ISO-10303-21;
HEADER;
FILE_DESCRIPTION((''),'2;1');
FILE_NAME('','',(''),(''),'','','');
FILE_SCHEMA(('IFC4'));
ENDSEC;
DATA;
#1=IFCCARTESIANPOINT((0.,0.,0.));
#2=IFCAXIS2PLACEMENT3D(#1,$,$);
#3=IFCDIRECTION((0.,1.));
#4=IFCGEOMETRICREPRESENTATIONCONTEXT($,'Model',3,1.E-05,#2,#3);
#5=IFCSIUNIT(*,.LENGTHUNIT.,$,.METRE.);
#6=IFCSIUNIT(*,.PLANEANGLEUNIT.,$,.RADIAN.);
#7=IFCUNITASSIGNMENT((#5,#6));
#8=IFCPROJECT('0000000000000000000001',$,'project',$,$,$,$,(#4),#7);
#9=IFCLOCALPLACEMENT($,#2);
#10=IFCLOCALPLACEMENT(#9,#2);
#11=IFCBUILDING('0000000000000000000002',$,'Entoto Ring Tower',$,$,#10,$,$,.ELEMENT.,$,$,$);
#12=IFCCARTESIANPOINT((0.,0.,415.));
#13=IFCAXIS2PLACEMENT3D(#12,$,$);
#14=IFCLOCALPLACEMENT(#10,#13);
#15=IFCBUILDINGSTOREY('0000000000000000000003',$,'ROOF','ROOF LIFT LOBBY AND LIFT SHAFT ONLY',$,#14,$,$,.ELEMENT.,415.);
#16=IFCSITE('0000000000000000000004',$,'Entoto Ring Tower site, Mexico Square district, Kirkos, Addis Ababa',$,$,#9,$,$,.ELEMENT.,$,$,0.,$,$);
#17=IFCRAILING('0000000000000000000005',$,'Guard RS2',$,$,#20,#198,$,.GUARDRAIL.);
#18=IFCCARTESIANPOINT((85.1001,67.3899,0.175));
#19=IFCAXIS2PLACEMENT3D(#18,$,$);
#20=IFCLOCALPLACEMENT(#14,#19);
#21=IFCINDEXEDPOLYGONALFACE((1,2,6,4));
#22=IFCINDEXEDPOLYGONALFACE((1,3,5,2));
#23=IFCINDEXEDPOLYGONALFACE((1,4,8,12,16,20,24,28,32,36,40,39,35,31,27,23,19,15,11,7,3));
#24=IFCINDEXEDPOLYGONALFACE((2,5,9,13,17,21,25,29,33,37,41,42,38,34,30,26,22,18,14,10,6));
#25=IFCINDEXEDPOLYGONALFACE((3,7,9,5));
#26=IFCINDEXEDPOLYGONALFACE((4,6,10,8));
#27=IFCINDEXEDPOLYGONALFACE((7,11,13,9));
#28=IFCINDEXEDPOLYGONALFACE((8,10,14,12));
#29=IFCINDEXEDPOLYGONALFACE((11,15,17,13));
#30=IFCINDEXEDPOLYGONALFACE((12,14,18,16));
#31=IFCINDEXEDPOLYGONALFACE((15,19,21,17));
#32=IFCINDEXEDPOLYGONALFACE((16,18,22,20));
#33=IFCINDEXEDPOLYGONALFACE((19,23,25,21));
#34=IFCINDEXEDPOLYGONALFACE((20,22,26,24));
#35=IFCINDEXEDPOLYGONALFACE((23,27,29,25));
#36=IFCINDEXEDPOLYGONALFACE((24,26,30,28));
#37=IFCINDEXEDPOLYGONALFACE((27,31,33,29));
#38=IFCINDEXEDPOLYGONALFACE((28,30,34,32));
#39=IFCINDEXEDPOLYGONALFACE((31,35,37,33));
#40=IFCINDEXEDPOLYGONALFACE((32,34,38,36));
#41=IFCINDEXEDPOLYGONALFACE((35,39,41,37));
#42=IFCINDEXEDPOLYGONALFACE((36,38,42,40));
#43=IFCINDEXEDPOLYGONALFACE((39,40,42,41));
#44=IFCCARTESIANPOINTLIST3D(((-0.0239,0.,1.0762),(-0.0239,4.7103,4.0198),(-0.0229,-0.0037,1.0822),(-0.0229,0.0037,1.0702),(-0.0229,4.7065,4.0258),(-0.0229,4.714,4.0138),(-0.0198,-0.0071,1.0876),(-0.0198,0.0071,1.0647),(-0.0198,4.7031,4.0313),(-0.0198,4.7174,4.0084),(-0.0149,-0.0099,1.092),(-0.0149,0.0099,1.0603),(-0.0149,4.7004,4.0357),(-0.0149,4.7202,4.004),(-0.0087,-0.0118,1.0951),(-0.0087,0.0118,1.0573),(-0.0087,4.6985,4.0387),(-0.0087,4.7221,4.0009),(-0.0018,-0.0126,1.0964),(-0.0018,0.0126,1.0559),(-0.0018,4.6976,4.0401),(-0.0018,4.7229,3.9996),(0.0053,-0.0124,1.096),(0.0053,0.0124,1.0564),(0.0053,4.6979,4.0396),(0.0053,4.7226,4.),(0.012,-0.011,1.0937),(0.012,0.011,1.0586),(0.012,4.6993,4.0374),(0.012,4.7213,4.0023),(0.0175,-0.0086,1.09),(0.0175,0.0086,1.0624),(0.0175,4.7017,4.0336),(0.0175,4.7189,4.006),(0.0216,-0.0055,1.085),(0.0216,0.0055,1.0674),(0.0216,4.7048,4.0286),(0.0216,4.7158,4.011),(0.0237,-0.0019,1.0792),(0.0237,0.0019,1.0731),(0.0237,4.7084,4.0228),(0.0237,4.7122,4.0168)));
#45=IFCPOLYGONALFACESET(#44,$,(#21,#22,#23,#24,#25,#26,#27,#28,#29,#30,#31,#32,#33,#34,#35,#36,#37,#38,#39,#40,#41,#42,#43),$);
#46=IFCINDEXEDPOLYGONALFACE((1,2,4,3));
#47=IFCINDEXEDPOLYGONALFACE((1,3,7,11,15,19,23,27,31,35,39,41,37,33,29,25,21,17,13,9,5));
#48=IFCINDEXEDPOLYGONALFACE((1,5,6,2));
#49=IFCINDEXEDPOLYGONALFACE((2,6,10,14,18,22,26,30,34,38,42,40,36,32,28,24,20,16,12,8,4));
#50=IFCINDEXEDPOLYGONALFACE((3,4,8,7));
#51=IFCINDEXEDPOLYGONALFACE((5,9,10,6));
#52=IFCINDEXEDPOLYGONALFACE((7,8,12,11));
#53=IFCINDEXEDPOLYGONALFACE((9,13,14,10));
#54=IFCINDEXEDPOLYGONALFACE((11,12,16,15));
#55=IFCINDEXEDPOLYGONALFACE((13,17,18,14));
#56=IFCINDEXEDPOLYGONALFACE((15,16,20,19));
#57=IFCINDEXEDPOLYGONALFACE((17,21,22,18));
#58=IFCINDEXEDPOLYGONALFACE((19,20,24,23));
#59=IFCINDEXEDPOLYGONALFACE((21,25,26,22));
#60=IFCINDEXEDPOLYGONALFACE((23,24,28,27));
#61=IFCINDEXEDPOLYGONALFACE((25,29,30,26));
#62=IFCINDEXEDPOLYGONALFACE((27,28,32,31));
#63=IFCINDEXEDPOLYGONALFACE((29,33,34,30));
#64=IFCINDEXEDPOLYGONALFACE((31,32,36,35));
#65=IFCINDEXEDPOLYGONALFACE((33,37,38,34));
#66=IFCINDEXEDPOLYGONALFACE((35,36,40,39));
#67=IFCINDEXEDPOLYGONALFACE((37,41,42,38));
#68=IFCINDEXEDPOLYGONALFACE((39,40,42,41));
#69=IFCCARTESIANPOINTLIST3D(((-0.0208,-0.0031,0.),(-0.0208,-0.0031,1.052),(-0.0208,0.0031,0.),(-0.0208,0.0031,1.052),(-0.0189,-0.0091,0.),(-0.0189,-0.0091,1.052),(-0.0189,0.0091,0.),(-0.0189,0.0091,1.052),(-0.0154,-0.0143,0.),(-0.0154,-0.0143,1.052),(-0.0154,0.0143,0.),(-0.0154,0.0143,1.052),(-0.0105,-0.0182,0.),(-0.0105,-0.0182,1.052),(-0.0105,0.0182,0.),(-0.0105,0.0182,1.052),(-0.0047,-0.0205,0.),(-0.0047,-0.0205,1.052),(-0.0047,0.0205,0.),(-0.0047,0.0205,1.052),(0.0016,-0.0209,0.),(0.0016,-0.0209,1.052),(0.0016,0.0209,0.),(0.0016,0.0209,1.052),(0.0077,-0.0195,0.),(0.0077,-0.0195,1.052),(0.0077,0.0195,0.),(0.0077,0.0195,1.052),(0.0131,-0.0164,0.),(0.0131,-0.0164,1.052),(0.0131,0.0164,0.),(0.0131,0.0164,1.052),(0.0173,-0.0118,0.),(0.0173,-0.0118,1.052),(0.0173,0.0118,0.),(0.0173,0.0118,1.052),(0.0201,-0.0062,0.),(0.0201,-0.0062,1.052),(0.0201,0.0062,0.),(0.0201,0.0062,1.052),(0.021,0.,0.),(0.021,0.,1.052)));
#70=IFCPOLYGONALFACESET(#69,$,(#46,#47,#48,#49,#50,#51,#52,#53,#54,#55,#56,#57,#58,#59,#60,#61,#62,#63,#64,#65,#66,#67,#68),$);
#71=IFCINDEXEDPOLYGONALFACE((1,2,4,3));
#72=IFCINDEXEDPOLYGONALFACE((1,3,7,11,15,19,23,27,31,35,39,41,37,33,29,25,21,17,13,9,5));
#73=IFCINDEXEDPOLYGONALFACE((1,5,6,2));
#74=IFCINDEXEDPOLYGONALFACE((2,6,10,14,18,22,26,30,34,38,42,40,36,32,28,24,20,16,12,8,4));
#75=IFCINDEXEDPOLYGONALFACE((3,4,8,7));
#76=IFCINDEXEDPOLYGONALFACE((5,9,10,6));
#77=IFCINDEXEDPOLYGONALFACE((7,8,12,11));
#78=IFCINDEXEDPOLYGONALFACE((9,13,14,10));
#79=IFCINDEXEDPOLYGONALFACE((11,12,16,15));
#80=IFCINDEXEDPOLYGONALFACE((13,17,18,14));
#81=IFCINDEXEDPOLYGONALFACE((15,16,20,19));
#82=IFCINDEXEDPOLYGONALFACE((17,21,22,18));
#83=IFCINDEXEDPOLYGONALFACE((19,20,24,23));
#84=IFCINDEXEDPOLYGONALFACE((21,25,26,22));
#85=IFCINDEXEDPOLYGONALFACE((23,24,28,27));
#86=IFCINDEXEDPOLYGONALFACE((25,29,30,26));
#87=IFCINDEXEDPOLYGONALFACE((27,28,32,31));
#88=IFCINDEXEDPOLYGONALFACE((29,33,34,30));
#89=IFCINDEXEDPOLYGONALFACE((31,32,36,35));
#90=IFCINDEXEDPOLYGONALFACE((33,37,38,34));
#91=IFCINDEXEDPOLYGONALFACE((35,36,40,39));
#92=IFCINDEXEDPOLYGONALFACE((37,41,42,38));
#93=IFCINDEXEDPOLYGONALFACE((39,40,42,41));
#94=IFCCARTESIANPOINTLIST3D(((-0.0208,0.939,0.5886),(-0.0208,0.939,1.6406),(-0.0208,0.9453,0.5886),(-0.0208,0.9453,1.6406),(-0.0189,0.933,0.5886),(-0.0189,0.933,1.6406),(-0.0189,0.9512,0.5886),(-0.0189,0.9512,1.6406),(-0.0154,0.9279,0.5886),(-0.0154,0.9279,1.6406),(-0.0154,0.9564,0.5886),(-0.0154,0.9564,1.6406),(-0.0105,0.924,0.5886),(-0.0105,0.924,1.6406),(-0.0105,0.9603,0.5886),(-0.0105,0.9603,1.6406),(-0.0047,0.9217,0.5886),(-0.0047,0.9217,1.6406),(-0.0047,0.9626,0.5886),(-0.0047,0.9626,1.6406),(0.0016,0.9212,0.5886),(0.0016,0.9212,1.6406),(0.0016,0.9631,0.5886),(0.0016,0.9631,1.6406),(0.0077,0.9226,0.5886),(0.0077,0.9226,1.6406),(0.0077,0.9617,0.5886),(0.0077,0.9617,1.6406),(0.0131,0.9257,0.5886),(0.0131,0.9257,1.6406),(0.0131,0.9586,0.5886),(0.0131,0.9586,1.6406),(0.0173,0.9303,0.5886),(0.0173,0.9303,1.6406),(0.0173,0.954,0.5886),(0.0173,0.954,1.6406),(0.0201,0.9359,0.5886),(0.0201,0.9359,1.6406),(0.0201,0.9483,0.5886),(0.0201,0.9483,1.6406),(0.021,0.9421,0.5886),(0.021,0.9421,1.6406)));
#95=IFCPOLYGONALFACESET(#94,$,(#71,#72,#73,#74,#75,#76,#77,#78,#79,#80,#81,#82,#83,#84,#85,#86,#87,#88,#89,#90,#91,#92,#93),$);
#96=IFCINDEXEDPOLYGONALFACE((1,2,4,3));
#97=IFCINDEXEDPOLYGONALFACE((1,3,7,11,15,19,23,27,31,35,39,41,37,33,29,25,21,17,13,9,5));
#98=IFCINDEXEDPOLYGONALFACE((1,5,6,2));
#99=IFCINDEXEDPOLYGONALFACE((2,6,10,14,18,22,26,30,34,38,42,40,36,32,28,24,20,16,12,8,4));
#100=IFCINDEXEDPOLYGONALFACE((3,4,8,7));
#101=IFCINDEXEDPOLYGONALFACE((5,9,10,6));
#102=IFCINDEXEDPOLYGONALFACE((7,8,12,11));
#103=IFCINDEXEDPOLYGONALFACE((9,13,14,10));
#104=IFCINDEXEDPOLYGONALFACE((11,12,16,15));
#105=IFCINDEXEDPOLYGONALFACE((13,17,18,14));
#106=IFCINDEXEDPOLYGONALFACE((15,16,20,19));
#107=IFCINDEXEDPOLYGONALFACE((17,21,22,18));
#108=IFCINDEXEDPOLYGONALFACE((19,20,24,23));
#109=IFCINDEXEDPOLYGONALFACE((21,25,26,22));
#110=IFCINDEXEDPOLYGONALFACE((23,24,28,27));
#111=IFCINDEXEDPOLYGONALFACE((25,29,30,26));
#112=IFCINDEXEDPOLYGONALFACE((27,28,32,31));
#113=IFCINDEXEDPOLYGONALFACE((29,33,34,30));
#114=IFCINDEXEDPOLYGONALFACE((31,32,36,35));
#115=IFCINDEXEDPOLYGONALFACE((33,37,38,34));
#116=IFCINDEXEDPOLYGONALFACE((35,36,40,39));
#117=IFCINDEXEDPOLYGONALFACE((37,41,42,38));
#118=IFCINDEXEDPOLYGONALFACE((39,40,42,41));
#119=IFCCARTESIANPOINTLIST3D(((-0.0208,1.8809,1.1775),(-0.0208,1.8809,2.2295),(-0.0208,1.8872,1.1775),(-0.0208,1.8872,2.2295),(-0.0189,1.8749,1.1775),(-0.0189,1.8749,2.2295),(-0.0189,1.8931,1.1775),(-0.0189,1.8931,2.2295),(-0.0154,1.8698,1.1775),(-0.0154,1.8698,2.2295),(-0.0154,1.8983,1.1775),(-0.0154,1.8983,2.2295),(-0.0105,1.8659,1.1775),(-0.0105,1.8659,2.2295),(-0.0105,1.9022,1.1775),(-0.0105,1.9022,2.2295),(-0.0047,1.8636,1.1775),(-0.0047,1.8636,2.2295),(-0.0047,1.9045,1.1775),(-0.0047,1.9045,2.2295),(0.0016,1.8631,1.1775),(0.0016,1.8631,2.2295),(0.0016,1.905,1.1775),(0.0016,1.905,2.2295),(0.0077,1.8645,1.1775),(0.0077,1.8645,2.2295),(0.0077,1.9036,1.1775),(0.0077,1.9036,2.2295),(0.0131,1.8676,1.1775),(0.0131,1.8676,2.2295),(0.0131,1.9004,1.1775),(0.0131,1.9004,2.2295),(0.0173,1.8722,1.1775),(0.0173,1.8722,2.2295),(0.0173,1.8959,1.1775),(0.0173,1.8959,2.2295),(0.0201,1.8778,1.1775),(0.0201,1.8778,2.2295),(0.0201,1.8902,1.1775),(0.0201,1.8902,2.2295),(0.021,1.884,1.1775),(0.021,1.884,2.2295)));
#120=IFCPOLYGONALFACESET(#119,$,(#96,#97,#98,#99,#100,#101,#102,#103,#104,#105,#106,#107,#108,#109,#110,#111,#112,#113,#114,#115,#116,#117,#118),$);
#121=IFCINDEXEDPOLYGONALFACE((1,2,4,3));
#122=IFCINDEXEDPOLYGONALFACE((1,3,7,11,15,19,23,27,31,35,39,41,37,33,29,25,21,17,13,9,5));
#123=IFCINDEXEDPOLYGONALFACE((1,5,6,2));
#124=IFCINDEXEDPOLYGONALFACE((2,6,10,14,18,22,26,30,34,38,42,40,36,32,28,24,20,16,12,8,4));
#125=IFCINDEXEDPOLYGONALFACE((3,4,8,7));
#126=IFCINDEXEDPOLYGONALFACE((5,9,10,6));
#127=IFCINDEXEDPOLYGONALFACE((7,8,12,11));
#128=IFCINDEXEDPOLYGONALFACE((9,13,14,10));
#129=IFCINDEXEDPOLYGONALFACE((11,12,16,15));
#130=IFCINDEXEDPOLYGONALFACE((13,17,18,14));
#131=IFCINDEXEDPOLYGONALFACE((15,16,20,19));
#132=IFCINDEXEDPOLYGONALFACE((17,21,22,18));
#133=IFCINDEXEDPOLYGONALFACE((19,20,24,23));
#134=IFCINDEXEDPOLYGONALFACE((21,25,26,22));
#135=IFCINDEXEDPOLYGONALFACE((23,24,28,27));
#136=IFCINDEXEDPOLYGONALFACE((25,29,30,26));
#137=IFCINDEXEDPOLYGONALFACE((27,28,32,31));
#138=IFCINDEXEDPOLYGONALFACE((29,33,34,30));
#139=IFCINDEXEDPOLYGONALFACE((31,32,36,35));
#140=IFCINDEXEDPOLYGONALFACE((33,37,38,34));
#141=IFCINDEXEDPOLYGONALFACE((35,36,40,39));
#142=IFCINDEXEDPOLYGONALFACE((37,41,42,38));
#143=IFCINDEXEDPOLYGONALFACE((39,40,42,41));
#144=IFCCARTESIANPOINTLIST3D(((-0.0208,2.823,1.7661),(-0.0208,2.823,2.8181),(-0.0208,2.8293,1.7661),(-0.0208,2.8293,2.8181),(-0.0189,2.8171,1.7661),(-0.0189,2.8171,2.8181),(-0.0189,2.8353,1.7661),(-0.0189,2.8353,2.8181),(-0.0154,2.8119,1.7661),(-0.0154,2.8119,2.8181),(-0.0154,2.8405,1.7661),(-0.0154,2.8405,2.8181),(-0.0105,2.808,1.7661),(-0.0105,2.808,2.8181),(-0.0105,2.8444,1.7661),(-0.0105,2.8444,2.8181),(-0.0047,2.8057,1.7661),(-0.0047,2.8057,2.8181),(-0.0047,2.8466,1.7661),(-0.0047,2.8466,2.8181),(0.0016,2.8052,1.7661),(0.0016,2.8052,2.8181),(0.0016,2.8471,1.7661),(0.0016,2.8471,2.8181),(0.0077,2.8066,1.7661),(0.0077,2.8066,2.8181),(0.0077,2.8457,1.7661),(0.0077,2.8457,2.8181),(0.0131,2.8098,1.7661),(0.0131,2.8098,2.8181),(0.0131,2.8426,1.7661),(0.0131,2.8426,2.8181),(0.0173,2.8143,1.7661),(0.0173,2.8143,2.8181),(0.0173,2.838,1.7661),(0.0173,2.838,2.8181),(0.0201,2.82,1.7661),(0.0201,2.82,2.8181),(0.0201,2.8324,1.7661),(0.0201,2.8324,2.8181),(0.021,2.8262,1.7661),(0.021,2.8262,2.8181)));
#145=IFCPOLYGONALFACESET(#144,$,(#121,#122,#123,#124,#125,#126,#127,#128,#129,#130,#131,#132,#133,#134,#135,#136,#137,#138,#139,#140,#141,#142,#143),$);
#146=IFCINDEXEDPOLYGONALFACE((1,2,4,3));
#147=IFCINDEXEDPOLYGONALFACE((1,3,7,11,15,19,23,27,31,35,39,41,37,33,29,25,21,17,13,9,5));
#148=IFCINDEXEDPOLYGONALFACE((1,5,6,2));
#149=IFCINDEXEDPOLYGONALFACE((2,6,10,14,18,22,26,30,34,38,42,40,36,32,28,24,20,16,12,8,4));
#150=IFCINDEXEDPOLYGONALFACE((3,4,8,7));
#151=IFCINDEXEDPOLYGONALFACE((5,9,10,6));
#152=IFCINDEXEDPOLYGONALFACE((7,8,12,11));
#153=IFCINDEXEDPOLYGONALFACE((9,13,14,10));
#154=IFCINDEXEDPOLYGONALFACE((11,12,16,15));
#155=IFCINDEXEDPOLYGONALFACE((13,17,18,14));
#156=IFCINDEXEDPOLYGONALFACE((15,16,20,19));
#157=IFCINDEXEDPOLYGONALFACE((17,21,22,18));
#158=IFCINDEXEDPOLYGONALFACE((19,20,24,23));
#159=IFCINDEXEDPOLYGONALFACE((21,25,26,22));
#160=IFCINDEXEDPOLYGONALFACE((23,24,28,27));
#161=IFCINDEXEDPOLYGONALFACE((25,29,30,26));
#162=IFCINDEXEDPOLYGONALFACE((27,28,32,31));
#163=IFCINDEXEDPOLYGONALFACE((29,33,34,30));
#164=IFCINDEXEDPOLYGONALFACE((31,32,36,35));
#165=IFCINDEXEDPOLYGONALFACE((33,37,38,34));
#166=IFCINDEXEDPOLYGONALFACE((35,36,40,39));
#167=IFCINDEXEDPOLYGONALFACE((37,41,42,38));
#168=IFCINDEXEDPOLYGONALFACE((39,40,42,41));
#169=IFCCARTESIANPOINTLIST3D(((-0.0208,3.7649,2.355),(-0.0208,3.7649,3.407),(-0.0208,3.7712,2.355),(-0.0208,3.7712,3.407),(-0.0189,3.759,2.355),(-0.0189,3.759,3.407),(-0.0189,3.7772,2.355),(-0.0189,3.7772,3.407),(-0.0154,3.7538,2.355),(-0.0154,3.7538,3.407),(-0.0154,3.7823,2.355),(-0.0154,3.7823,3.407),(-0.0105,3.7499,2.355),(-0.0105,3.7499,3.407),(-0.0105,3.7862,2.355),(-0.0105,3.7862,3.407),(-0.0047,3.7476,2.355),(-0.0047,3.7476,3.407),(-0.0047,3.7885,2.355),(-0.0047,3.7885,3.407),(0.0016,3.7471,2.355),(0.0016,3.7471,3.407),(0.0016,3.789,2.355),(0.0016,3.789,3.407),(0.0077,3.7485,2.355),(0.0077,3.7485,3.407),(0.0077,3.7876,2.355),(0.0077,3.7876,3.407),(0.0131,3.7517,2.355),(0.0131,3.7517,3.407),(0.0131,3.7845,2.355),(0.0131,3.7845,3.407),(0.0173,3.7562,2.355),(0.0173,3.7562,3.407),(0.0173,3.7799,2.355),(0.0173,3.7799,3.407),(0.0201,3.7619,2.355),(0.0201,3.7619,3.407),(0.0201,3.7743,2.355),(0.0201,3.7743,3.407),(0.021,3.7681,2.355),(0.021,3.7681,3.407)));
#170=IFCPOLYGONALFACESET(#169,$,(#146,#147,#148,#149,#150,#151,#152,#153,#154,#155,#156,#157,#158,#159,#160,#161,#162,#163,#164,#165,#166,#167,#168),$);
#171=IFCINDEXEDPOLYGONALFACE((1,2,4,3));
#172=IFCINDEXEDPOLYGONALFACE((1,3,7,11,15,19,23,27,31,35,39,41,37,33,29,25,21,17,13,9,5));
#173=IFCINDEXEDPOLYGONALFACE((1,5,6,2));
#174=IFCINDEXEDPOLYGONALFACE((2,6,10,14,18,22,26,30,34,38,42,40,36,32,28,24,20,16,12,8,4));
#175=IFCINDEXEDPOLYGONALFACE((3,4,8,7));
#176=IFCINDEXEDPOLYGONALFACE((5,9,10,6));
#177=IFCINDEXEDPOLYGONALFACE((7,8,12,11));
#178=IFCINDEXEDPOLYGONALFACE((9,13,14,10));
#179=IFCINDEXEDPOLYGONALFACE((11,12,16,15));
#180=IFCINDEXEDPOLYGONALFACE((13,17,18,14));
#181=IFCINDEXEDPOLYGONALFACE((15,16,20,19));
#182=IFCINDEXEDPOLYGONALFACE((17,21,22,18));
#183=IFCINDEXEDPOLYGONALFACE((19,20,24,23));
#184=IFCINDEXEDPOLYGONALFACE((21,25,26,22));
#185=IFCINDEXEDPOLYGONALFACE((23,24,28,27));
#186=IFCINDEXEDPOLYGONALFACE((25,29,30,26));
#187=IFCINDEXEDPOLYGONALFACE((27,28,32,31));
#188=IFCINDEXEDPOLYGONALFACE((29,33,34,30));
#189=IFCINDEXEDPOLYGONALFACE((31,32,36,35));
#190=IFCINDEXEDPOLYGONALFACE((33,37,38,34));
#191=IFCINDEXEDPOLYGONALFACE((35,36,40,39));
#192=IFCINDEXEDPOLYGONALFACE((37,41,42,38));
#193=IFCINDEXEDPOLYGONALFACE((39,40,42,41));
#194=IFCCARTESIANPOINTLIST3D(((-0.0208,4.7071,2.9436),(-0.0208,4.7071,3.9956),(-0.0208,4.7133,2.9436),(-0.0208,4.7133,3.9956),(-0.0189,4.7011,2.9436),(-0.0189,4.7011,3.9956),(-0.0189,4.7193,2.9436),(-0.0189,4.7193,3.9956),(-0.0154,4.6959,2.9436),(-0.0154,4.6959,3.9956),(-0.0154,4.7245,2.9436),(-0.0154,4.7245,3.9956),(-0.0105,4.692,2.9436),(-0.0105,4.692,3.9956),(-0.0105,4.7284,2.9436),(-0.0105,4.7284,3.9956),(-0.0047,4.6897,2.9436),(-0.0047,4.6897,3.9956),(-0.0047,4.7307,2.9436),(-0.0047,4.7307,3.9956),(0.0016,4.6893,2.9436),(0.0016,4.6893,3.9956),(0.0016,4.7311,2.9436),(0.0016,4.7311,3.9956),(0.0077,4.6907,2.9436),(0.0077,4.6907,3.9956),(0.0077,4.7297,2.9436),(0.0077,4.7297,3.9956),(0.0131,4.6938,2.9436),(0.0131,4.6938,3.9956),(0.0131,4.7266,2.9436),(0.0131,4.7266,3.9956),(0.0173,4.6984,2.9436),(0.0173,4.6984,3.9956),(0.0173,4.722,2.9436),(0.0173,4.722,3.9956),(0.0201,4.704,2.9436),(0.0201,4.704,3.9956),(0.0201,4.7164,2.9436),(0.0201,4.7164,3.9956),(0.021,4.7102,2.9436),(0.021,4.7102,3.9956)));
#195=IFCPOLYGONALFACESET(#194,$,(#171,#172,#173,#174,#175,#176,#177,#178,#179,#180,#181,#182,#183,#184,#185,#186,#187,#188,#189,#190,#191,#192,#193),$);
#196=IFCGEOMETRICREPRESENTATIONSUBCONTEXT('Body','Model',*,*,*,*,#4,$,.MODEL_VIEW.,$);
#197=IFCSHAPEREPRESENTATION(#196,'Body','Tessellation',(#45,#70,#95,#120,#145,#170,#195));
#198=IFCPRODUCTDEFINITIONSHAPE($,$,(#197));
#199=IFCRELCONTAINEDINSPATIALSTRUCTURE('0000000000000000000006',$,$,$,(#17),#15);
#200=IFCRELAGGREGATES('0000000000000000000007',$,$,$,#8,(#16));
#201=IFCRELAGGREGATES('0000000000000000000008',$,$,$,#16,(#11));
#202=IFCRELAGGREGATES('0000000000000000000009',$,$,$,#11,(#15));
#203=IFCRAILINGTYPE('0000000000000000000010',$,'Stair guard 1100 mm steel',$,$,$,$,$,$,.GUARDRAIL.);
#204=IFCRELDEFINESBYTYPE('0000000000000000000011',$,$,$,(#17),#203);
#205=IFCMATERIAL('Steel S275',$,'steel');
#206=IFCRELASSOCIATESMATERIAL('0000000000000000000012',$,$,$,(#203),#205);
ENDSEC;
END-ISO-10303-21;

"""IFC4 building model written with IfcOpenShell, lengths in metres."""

from ifc_helpers import new_model, si_unit, direction, frame, origin, origin_2d, place, context, subcontext, project, spatial, circle, extrude, material, type_object, element, save


model = new_model("IFC4")

# Units and contexts
model_context = context("Model", 3, precision=1e-05, world=origin(), true_north=direction((0.0, 1.0)))
body_context = subcontext(model_context, "Body", "Model", "MODEL_VIEW")
ifc_project = project(units=[si_unit("LENGTHUNIT", "METRE"), si_unit("PLANEANGLEUNIT", "RADIAN")], contexts=[model_context])

# Site, building, storey
site_placement = place(None, origin())
site = spatial("IfcSite", under=ifc_project, at=site_placement, Name="Entoto Ring Tower site, Mexico Square district, Kirkos, Addis Ababa", CompositionType="ELEMENT", RefElevation=0.0)
building_placement = place(site_placement, origin())
building = spatial("IfcBuilding", under=site, at=building_placement, Name="Entoto Ring Tower", CompositionType="ELEMENT")
storey_placement = place(building_placement, frame((0.0, 0.0, 415.0)))
storey = spatial("IfcBuildingStorey", under=building, at=storey_placement, Name="ROOF", Description="ROOF LIFT LOBBY AND LIFT SHAFT ONLY", CompositionType="ELEMENT", Elevation=415.0)

# Railing
ifc_material_1 = material(Name="Steel S275", Category="steel")
railing_type_1 = type_object("IfcRailingType", Name="Stair guard 1100 mm steel", PredefinedType="GUARDRAIL", material=ifc_material_1)
for number, where, name in (
    (1, (85.1001, 67.3899, 0.175), "Guard RS2"),
):
    element("IfcRailing", number, at=place(storey_placement, frame(where)), inside=storey, type_object=railing_type_1, Name=name, PredefinedType="GUARDRAIL", context=body_context, shape_type="SweptSolid", body=[
        extrude(circle(Radius=0.0239, at=origin_2d()), frame((0.0, 0.0, 1.0762), z_axis=(0.0, 0.848021, 0.529963), x_axis=(-1.0, 0.0, 0.0)), (0.0, 0.0, 1.0), 5.5544),
        extrude(circle(Radius=0.021, at=origin_2d()), origin(), (0.0, 0.0, 1.0), 1.052),
        extrude(circle(Radius=0.021, at=origin_2d()), frame((0.0, 0.9421, 0.5886)), (0.0, 0.0, 1.0), 1.052),
        extrude(circle(Radius=0.021, at=origin_2d()), frame((0.0, 1.884, 1.1775)), (0.0, 0.0, 1.0), 1.052),
        extrude(circle(Radius=0.021, at=origin_2d()), frame((0.0, 2.8262, 1.7661)), (0.0, 0.0, 1.0), 1.052),
        extrude(circle(Radius=0.021, at=origin_2d()), frame((0.0, 3.7681, 2.355)), (0.0, 0.0, 1.0), 1.052),
        extrude(circle(Radius=0.021, at=origin_2d()), frame((0.0, 4.7102, 2.9436)), (0.0, 0.0, 1.0), 1.052),
    ])

save(model, "model.ifc")
